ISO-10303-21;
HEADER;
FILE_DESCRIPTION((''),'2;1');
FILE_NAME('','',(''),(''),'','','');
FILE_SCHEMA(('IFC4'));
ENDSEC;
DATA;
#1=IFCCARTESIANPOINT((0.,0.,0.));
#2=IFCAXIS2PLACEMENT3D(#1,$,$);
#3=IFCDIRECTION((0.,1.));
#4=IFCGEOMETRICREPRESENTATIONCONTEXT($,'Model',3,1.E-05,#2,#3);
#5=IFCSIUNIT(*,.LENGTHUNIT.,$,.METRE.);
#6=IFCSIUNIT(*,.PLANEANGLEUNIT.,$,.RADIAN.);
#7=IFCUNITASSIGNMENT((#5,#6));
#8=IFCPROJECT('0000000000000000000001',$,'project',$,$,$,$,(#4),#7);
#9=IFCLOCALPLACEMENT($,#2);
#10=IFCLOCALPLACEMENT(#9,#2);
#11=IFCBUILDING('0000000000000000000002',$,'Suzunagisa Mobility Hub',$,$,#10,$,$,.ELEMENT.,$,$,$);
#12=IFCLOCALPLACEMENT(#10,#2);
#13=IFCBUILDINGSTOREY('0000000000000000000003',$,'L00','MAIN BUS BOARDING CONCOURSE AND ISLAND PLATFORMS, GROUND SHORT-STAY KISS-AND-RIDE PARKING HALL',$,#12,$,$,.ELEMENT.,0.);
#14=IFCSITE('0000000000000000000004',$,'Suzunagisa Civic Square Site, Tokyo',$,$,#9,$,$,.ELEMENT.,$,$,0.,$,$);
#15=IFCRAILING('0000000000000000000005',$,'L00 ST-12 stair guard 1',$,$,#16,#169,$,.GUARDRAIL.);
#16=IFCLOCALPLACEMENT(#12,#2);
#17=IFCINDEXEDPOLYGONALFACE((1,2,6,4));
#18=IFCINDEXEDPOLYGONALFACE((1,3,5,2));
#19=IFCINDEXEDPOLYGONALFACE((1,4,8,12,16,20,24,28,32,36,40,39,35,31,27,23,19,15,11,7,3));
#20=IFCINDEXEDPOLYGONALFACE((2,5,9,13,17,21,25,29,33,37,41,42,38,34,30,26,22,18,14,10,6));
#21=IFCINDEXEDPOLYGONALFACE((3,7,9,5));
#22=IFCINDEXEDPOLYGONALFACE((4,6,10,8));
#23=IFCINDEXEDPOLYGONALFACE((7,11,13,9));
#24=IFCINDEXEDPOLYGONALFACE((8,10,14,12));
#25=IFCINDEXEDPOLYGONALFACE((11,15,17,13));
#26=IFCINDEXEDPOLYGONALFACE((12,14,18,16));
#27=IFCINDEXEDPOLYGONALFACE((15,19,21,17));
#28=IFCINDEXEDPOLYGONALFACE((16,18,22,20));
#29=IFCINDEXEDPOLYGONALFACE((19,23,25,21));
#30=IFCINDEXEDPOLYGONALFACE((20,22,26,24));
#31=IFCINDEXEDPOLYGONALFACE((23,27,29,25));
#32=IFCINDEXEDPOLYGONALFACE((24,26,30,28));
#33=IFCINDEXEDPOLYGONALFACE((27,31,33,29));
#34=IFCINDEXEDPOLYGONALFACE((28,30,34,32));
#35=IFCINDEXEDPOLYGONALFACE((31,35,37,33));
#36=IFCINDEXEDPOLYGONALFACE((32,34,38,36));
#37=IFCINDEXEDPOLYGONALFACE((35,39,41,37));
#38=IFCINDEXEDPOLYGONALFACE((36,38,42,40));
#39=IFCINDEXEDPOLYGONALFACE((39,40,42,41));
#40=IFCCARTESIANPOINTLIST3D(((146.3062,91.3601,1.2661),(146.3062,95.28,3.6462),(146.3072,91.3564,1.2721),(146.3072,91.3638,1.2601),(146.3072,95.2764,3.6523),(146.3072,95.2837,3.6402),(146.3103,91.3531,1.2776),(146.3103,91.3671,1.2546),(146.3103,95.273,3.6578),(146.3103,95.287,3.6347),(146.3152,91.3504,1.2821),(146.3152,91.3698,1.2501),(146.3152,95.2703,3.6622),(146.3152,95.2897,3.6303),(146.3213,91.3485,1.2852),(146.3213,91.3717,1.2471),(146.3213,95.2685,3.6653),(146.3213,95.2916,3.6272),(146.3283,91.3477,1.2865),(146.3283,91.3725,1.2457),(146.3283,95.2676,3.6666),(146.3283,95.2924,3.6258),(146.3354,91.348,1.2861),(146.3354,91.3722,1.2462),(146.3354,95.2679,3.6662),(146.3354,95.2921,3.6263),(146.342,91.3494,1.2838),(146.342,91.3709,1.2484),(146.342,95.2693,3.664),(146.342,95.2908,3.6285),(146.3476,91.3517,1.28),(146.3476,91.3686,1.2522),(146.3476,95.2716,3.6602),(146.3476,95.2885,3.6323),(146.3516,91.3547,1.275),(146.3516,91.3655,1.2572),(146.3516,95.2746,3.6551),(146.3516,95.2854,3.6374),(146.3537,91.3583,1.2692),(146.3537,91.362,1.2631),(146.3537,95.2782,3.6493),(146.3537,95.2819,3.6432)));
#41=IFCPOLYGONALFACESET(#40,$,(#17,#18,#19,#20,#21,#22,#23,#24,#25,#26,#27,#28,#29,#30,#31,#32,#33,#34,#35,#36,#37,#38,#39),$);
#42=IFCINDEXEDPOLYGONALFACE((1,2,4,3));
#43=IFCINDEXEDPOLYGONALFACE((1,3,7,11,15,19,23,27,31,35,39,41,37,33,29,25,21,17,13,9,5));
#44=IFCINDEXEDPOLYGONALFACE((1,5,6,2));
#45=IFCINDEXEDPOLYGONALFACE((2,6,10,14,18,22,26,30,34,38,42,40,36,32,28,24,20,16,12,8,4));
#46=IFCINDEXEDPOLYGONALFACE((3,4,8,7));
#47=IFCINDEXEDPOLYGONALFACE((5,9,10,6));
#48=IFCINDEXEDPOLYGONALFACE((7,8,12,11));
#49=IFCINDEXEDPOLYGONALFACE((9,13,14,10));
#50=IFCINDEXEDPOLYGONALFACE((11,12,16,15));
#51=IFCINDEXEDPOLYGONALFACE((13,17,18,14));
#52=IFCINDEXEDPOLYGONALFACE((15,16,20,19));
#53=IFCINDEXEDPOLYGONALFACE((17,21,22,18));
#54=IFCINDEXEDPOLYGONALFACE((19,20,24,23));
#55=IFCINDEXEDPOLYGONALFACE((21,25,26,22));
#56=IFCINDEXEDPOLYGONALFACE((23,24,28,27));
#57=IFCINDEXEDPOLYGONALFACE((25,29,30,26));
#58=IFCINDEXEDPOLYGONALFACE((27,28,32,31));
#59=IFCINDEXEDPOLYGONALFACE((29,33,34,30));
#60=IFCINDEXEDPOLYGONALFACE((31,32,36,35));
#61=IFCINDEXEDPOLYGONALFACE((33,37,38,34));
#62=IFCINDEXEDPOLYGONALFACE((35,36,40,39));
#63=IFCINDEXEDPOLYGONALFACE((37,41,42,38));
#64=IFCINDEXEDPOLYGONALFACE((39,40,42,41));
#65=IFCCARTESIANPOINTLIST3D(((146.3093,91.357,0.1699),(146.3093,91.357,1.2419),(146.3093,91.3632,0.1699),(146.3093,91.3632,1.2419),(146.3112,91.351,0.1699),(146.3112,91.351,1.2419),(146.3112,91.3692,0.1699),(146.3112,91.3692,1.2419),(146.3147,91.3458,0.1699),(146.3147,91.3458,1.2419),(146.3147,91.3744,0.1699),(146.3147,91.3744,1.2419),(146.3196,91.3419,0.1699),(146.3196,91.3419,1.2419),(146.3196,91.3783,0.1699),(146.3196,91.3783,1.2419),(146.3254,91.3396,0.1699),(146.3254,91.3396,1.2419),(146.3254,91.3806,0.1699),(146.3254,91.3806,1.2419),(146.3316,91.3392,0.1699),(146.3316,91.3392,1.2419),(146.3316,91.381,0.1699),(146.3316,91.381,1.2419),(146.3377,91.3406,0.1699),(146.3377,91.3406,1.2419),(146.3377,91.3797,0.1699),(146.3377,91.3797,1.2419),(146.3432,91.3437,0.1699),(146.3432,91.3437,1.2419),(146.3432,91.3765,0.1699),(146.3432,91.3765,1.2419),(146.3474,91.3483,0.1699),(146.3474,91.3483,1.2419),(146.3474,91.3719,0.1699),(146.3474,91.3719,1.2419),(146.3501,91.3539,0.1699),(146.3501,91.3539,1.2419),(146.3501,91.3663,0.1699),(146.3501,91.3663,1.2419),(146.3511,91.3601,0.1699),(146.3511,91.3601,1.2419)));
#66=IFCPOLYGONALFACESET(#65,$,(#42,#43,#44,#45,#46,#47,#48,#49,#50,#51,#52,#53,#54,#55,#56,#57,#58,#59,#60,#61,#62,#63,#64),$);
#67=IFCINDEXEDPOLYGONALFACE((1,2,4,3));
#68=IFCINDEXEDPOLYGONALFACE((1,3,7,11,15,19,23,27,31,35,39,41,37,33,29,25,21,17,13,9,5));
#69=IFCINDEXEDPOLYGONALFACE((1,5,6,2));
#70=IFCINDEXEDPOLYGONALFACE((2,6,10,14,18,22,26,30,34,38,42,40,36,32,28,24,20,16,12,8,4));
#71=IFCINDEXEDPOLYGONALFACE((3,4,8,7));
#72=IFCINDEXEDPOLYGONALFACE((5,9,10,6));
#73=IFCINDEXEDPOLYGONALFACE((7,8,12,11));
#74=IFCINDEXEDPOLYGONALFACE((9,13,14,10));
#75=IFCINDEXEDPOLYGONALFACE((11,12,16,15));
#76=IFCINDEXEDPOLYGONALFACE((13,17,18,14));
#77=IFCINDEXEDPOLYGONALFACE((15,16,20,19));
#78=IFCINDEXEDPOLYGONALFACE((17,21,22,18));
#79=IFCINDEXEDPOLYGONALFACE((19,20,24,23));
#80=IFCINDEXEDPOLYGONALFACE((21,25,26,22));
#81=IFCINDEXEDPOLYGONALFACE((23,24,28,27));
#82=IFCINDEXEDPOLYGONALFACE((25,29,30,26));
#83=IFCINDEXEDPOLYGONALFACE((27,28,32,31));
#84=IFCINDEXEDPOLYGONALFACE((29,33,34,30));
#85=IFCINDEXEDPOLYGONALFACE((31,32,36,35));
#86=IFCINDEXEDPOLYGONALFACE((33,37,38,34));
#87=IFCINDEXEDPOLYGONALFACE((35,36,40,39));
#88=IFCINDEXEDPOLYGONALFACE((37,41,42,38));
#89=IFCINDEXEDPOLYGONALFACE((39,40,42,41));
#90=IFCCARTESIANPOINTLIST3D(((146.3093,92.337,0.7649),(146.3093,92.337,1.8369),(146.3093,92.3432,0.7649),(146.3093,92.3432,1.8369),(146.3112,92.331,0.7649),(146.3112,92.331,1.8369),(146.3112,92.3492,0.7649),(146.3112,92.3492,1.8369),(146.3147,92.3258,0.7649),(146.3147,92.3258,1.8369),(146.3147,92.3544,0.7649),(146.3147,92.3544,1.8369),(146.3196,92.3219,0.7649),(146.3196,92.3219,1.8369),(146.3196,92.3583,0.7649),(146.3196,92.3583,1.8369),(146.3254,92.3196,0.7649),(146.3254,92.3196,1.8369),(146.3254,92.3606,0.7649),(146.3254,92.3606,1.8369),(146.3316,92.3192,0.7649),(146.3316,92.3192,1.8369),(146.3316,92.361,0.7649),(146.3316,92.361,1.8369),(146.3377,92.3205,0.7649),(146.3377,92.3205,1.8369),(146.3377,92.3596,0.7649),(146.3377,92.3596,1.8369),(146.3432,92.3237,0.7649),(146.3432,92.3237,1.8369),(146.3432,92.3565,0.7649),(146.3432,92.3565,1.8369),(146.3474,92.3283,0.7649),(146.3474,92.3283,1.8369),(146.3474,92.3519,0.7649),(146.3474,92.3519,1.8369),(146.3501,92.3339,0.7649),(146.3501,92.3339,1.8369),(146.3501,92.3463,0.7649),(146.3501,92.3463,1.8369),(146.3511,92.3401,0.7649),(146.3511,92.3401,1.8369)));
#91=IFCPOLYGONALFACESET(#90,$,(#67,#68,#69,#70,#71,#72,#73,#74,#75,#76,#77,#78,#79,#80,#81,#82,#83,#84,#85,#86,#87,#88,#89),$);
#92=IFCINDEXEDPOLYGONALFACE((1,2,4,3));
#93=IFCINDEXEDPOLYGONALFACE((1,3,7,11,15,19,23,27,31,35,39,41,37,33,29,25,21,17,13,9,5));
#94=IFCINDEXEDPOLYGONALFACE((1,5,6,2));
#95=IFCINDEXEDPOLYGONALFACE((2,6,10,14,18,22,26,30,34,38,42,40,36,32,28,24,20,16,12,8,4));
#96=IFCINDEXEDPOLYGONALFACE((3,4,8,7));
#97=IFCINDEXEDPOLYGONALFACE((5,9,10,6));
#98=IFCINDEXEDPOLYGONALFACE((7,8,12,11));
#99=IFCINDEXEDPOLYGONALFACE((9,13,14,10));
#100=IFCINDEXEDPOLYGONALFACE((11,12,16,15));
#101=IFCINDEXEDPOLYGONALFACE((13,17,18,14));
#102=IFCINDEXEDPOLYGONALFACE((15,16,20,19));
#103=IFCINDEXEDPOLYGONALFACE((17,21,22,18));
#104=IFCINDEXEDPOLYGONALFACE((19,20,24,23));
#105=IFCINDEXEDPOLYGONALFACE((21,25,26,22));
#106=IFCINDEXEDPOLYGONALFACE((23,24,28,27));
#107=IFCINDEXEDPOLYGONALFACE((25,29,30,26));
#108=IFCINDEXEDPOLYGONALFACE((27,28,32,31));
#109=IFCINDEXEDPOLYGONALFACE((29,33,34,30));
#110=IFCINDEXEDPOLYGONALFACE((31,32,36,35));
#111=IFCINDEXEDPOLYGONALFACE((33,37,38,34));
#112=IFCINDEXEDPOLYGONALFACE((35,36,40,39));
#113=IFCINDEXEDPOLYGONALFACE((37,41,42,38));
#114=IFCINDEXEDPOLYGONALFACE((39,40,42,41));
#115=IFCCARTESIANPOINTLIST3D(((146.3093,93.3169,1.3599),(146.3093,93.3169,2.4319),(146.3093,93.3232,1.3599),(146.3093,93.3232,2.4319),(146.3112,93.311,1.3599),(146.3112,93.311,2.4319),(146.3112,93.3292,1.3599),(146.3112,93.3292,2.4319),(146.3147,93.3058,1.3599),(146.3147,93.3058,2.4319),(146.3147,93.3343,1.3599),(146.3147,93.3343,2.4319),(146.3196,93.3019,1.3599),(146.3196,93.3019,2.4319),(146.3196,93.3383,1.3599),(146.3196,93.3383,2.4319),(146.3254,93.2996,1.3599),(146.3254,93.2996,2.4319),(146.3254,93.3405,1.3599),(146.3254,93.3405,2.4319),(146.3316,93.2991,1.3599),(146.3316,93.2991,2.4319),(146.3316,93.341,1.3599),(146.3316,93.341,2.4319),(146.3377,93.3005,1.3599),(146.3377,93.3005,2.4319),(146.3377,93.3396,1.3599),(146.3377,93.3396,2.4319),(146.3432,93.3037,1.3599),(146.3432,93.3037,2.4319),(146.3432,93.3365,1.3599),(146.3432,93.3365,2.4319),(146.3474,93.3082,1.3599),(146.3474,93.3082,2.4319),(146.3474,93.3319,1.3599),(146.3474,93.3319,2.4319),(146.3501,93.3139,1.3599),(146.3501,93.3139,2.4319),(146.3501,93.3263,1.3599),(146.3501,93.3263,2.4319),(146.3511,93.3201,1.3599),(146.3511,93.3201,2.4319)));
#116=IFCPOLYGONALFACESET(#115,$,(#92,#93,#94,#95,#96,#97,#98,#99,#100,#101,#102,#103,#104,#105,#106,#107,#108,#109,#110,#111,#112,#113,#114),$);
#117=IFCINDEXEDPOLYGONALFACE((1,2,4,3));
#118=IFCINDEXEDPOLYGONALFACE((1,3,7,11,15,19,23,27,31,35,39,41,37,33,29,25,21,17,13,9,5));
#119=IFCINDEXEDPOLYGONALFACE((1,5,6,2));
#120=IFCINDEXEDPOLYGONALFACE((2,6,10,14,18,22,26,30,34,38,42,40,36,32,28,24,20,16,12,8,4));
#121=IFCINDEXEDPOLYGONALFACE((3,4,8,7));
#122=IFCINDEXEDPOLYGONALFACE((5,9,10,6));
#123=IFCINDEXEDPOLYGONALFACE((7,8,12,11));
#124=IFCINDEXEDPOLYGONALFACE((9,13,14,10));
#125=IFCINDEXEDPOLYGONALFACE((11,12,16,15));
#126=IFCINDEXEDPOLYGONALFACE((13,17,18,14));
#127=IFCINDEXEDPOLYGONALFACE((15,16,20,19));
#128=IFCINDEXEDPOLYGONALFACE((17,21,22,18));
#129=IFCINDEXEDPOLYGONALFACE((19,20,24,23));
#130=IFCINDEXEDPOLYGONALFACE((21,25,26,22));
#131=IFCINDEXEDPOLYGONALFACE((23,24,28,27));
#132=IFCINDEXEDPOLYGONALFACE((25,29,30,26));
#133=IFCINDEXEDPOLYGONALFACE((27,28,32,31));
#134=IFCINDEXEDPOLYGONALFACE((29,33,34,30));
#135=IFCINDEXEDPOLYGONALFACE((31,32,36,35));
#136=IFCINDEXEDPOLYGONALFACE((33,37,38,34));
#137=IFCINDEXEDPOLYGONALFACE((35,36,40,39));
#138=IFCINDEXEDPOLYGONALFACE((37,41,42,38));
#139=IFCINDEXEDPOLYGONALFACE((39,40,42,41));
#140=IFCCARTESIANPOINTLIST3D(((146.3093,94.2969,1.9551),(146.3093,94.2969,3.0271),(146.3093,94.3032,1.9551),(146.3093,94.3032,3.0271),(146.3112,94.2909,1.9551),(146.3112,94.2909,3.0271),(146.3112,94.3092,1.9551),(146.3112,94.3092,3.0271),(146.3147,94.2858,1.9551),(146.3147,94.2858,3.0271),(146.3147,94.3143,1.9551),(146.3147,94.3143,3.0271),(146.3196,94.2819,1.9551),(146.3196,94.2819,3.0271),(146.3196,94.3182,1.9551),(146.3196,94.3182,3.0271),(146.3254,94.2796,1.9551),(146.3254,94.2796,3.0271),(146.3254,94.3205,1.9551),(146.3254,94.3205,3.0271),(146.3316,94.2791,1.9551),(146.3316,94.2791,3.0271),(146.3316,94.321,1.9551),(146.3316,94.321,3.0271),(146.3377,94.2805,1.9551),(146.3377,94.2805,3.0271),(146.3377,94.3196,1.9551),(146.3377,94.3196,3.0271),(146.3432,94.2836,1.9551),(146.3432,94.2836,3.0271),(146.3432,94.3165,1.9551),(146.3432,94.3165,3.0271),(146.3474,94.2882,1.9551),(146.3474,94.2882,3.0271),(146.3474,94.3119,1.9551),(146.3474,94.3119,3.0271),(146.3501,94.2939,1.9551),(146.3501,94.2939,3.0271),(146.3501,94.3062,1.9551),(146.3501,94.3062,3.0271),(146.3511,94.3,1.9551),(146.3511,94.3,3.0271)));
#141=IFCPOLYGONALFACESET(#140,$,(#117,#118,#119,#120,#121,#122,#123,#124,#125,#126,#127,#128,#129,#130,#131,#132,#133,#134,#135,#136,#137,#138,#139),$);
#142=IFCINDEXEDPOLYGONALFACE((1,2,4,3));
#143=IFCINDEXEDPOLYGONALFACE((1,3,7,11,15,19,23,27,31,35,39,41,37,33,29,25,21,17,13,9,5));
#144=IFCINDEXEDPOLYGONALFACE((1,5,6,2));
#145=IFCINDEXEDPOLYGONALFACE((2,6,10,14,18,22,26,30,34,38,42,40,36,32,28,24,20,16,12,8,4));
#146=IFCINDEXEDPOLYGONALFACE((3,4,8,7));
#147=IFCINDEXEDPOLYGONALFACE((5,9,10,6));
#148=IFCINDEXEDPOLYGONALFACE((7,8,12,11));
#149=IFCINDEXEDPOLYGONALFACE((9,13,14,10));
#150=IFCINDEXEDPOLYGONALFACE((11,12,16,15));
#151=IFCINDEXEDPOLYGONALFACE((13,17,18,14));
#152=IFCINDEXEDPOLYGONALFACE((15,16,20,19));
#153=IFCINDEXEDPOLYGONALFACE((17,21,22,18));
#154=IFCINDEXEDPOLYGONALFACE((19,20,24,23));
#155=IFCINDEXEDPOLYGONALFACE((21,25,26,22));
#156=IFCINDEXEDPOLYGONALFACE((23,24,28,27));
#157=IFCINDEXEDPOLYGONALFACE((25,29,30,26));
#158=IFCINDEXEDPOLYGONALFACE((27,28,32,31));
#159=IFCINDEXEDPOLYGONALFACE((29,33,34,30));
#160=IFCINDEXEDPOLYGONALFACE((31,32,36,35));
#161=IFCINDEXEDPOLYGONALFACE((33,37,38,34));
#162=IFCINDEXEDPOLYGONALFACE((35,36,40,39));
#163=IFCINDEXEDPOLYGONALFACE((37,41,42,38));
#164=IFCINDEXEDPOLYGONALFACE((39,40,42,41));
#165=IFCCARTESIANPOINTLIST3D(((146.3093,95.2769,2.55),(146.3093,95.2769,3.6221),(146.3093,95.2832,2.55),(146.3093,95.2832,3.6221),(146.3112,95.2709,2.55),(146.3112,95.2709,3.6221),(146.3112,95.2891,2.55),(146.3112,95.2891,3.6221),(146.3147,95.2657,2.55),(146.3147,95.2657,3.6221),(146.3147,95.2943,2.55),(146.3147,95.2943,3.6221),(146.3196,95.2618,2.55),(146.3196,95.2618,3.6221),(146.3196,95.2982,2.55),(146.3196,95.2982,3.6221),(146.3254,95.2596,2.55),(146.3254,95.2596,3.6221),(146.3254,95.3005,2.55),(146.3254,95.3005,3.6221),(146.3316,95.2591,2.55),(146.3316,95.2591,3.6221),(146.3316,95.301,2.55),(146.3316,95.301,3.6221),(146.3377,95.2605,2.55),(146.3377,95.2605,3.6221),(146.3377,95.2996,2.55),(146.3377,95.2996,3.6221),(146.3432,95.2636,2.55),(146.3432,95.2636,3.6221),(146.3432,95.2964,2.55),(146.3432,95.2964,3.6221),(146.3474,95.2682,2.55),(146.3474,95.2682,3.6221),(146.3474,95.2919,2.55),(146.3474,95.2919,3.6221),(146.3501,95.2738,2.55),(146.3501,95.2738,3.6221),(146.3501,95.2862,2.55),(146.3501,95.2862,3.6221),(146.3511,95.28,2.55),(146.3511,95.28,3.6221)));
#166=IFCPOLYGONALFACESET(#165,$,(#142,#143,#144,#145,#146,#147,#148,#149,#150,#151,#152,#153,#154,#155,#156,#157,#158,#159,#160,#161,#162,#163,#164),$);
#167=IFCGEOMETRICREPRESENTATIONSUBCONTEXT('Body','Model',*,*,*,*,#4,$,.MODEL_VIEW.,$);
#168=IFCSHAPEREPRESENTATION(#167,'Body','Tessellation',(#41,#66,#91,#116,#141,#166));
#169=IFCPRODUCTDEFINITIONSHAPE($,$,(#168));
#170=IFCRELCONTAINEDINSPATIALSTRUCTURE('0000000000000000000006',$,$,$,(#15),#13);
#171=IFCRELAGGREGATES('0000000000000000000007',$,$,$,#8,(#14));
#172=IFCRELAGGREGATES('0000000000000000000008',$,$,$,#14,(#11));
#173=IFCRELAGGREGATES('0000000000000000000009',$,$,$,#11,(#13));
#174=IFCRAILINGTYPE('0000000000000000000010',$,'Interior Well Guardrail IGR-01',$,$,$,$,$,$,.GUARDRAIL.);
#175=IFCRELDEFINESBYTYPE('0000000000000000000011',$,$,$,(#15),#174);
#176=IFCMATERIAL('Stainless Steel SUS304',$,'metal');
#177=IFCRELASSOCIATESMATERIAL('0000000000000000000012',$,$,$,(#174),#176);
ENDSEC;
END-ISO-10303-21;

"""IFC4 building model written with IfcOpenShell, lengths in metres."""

from ifc_helpers import new_model, si_unit, direction, frame, origin, origin_2d, place, context, subcontext, project, spatial, circle, extrude, material, type_object, element, save


model = new_model("IFC4")

# Units and contexts
model_context = context("Model", 3, precision=1e-05, world=origin(), true_north=direction((0.0, 1.0)))
body_context = subcontext(model_context, "Body", "Model", "MODEL_VIEW")
ifc_project = project(units=[si_unit("LENGTHUNIT", "METRE"), si_unit("PLANEANGLEUNIT", "RADIAN")], contexts=[model_context])

# Site, building, storey
site_placement = place(None, origin())
site = spatial("IfcSite", under=ifc_project, at=site_placement, Name="Suzunagisa Civic Square Site, Tokyo", CompositionType="ELEMENT", RefElevation=0.0)
building_placement = place(site_placement, origin())
building = spatial("IfcBuilding", under=site, at=building_placement, Name="Suzunagisa Mobility Hub", CompositionType="ELEMENT")
storey_placement = place(building_placement, origin())
storey = spatial("IfcBuildingStorey", under=building, at=storey_placement, Name="L00", Description="MAIN BUS BOARDING CONCOURSE AND ISLAND PLATFORMS, GROUND SHORT-STAY KISS-AND-RIDE PARKING HALL", CompositionType="ELEMENT", Elevation=0.0)

# Railing
ifc_material_1 = material(Name="Stainless Steel SUS304", Category="metal")
railing_type = type_object("IfcRailingType", Name="Interior Well Guardrail IGR-01", PredefinedType="GUARDRAIL", material=ifc_material_1)
railing_1_placement = place(storey_placement, frame((146.3301, 91.3601, 0.1699)))
element("IfcRailing", 1, at=railing_1_placement, inside=storey, type_object=railing_type, Name="L00 ST-12 stair guard 1", PredefinedType="GUARDRAIL", context=body_context, shape_type="SweptSolid", body=[
    extrude(circle(Radius=0.0239, at=origin_2d()), frame((0.0, 0.0, 1.0962), z_axis=(0.0, 0.854771, 0.519006), x_axis=(-1.0, 0.0, 0.0)), (0.0, 0.0, 1.0), 4.5859),
    extrude(circle(Radius=0.021, at=origin_2d()), origin(), (0.0, 0.0, 1.0), 1.072),
    extrude(circle(Radius=0.021, at=origin_2d()), frame((0.0, 0.98, 0.595)), (0.0, 0.0, 1.0), 1.072),
    extrude(circle(Radius=0.021, at=origin_2d()), frame((0.0, 1.96, 1.1899)), (0.0, 0.0, 1.0), 1.072),
    extrude(circle(Radius=0.021, at=origin_2d()), frame((0.0, 2.9399, 1.7852)), (0.0, 0.0, 1.0), 1.072),
    extrude(circle(Radius=0.021, at=origin_2d()), frame((0.0, 3.9199, 2.3801)), (0.0, 0.0, 1.0), 1.072),
])

save(model, "model.ifc")
